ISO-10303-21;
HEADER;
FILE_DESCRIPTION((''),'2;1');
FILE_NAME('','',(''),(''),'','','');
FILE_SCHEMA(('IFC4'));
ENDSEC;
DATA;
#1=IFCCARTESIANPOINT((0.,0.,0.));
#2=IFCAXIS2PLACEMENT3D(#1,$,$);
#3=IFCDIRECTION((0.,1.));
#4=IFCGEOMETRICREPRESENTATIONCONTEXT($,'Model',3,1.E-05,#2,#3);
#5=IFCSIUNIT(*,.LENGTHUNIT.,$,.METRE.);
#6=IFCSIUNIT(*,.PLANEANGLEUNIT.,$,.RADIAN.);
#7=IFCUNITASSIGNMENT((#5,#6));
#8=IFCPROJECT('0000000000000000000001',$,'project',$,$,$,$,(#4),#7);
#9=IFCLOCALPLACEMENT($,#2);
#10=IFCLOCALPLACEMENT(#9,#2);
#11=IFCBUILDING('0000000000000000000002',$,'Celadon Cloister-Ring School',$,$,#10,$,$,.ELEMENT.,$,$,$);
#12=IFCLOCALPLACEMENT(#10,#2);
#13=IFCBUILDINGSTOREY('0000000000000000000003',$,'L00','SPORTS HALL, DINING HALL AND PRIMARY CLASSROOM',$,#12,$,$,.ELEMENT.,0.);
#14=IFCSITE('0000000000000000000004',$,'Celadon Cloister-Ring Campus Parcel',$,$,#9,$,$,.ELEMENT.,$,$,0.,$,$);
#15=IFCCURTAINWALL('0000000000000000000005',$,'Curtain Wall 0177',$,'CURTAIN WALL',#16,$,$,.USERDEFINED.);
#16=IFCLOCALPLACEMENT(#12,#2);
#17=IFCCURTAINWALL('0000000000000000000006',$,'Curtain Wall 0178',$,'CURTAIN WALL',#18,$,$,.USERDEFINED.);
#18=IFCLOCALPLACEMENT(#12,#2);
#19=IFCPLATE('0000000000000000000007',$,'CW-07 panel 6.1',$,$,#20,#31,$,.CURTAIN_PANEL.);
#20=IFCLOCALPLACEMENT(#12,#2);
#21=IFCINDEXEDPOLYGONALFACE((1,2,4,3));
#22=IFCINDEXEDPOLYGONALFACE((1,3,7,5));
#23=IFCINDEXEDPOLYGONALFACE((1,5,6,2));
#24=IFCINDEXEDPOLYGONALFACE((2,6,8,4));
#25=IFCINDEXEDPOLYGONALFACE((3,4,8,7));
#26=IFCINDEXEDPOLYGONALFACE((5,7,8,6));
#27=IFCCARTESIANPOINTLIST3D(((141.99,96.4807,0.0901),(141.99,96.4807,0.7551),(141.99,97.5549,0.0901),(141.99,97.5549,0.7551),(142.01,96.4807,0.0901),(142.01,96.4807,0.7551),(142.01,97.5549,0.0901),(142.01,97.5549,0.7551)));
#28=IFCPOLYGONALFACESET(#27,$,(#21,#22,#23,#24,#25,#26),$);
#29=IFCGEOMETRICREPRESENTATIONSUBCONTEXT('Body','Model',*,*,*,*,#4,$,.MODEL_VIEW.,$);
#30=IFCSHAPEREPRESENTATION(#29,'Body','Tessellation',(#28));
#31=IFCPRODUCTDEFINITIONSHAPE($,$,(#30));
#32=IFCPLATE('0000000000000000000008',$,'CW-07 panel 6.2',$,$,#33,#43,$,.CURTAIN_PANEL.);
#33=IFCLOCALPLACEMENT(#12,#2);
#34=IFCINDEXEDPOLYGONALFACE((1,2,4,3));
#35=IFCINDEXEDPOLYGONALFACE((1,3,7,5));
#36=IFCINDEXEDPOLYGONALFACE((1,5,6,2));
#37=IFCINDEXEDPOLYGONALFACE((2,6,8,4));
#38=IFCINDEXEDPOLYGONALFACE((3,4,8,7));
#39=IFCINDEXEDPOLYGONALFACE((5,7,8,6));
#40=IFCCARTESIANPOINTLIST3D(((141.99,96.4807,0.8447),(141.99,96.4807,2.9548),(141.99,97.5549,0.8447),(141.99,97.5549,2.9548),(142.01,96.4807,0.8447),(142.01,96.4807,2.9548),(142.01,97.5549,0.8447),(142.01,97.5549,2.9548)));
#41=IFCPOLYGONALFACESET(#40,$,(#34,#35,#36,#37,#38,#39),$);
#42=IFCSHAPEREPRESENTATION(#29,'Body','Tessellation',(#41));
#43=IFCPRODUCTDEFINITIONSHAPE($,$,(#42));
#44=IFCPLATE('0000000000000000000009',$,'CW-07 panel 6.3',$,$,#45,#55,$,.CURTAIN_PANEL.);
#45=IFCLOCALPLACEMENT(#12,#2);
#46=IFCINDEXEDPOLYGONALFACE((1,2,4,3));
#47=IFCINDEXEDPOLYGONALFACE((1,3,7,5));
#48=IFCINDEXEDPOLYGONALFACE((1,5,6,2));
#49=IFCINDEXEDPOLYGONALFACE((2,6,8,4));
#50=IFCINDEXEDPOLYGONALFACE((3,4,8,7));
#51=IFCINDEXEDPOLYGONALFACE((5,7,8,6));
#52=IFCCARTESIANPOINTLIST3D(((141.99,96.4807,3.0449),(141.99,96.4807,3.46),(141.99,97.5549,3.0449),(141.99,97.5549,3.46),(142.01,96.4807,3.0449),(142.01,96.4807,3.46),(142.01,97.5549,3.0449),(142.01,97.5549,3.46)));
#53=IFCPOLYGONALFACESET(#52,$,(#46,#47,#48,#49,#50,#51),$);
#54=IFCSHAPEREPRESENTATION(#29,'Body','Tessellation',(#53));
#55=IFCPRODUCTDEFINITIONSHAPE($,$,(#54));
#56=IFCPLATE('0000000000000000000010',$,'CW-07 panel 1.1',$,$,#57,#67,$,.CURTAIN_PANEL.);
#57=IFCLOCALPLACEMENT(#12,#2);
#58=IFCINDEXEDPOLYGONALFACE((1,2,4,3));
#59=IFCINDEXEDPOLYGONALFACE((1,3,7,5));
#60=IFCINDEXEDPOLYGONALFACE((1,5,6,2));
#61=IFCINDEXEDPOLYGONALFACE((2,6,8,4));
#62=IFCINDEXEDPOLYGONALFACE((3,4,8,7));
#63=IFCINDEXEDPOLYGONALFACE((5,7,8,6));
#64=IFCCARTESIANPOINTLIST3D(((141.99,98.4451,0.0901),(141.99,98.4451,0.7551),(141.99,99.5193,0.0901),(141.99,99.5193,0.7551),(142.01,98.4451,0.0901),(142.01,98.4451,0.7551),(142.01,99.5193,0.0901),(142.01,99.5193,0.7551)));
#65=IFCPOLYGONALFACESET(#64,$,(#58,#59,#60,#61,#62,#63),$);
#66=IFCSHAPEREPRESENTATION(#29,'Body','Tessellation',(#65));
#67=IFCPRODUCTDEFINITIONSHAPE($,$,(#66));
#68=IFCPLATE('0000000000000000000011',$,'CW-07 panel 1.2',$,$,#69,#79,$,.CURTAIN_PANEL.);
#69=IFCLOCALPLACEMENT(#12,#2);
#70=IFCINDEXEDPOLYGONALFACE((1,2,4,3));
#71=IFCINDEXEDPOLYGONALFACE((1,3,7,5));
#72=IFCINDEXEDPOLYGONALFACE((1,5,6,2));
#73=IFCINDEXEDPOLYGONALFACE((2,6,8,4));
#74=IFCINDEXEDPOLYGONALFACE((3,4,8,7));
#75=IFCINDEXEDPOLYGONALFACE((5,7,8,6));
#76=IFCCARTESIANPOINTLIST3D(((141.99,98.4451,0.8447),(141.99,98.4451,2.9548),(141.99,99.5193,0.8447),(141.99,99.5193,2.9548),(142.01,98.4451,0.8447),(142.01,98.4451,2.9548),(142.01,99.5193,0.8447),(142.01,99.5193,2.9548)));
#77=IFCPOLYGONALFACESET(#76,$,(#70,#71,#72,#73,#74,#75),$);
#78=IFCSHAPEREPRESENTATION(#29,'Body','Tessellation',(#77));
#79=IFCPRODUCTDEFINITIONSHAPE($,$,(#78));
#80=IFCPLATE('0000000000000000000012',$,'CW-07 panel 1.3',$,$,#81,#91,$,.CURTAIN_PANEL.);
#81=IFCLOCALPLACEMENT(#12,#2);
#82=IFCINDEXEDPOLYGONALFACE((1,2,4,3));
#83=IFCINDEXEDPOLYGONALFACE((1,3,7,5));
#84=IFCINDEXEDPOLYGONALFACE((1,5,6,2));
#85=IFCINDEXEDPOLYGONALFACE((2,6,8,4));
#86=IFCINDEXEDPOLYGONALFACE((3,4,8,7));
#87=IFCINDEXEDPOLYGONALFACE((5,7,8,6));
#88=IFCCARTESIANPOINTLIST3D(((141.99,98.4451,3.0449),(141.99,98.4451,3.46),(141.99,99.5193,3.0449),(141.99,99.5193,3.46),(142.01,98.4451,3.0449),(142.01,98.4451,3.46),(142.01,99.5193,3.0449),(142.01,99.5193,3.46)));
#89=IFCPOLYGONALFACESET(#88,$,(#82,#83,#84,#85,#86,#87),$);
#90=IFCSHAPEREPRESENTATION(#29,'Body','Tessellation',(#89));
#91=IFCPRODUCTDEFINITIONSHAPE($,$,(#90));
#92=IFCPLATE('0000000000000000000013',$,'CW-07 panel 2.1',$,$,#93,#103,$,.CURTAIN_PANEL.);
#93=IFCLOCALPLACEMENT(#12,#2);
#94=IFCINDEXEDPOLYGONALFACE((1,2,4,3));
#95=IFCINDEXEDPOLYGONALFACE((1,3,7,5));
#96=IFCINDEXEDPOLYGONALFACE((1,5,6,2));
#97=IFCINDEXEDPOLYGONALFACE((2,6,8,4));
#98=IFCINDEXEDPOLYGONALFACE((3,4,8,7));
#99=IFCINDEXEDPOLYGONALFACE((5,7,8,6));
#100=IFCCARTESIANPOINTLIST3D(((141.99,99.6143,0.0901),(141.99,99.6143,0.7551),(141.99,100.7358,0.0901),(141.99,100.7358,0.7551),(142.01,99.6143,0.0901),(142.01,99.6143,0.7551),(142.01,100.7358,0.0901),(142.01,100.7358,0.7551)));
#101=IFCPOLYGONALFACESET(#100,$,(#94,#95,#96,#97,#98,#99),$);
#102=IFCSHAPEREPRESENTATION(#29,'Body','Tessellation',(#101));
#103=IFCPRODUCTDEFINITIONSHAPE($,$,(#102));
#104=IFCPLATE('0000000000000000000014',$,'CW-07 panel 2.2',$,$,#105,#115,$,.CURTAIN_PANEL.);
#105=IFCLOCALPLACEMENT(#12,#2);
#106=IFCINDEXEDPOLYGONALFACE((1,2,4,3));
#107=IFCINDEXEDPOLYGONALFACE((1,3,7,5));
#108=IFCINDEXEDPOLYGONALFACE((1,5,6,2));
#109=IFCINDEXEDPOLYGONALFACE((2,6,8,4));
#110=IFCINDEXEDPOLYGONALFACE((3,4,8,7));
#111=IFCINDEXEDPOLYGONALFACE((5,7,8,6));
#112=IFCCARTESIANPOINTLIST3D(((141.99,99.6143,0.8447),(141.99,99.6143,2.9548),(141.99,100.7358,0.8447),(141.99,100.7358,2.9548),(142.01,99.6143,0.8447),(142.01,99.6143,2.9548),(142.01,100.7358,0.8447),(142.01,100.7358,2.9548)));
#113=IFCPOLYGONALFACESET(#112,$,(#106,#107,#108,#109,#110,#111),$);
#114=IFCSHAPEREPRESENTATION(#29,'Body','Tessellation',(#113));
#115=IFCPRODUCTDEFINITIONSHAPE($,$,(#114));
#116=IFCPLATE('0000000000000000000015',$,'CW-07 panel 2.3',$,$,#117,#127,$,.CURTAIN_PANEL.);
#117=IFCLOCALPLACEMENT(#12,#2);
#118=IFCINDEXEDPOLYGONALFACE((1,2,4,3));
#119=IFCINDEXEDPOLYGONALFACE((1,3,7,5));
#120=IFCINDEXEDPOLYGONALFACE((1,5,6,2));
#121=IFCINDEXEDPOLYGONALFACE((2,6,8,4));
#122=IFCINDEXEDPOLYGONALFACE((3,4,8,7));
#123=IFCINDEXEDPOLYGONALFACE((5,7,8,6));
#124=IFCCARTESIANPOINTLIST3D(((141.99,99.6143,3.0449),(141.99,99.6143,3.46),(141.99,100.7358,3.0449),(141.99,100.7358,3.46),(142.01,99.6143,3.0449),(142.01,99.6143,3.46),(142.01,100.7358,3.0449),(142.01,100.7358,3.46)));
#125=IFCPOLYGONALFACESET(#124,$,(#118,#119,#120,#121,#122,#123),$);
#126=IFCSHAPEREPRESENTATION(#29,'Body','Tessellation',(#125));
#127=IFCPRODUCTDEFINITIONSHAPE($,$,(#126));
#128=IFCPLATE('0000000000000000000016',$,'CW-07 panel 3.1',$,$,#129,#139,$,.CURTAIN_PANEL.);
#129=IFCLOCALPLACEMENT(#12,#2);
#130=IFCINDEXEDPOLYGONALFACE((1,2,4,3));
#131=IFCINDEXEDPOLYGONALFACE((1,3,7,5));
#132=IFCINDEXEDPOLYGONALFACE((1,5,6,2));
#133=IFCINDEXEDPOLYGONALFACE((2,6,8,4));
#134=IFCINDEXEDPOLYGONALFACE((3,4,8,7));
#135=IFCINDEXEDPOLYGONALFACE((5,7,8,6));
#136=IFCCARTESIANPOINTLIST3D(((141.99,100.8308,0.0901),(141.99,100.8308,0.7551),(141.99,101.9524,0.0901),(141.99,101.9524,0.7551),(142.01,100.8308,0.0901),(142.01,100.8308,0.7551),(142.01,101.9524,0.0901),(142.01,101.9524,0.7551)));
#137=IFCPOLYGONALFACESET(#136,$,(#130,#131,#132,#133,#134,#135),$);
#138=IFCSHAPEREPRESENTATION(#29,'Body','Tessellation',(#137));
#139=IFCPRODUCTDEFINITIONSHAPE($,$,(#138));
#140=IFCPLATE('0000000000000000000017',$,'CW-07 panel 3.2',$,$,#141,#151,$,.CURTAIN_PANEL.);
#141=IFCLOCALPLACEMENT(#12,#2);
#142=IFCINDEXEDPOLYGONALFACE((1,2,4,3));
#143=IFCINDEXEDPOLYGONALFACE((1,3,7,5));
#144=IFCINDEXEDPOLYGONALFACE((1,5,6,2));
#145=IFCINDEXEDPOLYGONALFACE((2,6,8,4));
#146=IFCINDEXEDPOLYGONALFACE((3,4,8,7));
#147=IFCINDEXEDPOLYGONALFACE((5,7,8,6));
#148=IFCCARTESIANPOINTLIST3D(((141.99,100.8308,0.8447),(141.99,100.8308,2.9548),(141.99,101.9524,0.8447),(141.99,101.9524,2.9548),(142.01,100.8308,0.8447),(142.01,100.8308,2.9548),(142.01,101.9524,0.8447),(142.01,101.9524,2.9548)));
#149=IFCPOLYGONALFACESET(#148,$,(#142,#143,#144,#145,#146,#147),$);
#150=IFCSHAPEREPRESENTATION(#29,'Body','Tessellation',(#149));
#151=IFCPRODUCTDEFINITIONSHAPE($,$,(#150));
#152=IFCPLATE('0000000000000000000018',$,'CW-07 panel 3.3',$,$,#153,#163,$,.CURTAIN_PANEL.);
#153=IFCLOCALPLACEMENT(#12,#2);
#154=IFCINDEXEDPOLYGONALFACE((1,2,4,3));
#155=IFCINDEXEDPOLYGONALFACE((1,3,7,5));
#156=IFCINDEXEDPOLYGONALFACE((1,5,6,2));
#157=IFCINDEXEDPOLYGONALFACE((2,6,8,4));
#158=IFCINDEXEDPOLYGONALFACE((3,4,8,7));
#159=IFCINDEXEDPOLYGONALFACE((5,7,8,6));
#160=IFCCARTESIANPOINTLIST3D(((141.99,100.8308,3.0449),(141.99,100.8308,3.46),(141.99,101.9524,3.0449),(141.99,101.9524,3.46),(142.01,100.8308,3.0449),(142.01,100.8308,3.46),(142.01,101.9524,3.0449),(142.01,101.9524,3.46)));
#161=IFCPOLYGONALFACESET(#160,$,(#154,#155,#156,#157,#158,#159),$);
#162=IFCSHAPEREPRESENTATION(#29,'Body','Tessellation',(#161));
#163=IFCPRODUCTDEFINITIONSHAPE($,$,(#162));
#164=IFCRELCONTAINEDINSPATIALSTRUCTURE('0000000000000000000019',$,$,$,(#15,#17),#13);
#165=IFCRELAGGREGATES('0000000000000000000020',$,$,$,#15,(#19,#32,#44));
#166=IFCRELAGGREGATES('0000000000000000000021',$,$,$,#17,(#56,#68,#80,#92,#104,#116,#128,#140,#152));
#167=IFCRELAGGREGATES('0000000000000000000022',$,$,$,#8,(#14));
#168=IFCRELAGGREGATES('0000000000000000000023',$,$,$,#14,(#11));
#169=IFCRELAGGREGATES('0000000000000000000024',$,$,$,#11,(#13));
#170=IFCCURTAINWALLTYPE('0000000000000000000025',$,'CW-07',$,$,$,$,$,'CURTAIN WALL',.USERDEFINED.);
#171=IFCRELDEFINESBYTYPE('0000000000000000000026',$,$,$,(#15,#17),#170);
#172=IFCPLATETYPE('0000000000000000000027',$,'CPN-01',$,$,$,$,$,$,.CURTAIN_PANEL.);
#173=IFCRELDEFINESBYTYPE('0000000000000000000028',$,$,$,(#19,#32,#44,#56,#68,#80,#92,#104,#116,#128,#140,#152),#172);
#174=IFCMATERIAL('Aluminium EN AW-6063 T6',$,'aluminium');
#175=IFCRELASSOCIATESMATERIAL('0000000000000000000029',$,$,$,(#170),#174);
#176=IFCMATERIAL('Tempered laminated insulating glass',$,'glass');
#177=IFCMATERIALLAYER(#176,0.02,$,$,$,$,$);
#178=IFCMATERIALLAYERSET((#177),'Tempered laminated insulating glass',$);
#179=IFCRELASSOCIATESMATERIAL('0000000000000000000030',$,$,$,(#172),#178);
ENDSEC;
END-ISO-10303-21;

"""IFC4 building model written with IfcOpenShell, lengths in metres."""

from ifc_helpers import new_model, si_unit, direction, frame, origin, origin_2d, place, context, subcontext, project, spatial, rectangle, extrude, material, layer, layer_set, type_object, element, aggregate, save


model = new_model("IFC4")

# Units and contexts
model_context = context("Model", 3, precision=1e-05, world=origin(), true_north=direction((0.0, 1.0)))
body_context = subcontext(model_context, "Body", "Model", "MODEL_VIEW")
ifc_project = project(units=[si_unit("LENGTHUNIT", "METRE"), si_unit("PLANEANGLEUNIT", "RADIAN")], contexts=[model_context])

# Site, building, storey
site_placement = place(None, origin())
site = spatial("IfcSite", under=ifc_project, at=site_placement, Name="Celadon Cloister-Ring Campus Parcel", CompositionType="ELEMENT", RefElevation=0.0)
building_placement = place(site_placement, origin())
building = spatial("IfcBuilding", under=site, at=building_placement, Name="Celadon Cloister-Ring School", CompositionType="ELEMENT")
storey_placement = place(building_placement, origin())
storey = spatial("IfcBuildingStorey", under=building, at=storey_placement, Name="L00", Description="SPORTS HALL, DINING HALL AND PRIMARY CLASSROOM", CompositionType="ELEMENT", Elevation=0.0)

# Curtain wall
ifc_material_1 = material(Name="Aluminium EN AW-6063 T6", Category="aluminium")
curtain_wall_type = type_object("IfcCurtainWallType", Name="CW-07", ElementType="CURTAIN WALL", PredefinedType="USERDEFINED", material=ifc_material_1)
curtain_wall_1_placement = place(storey_placement, origin())
curtain_wall_1 = element("IfcCurtainWall", 1, at=curtain_wall_1_placement, inside=storey, type_object=curtain_wall_type, Name="Curtain Wall 0177", ObjectType="CURTAIN WALL", PredefinedType="USERDEFINED")

# Curtain wall
curtain_wall_2_placement = place(storey_placement, origin())
curtain_wall_2 = element("IfcCurtainWall", 2, at=curtain_wall_2_placement, inside=storey, type_object=curtain_wall_type, Name="Curtain Wall 0178", ObjectType="CURTAIN WALL", PredefinedType="USERDEFINED")

# Plates
ifc_material_2 = material(Name="Tempered laminated insulating glass", Category="glass")
ifc_layer = layer(ifc_material_2, 0.02)
ifc_layer_set = layer_set([ifc_layer], Name="Tempered laminated insulating glass")
plate_type = type_object("IfcPlateType", Name="CPN-01", PredefinedType="CURTAIN_PANEL", material=ifc_layer_set)
plate_1_placement = place(storey_placement, frame((142.0, 97.0178, 0.0901), z_axis=(0.0, 0.0, 1.0), x_axis=(0.0, 1.0, 0.0)))
plate_1 = element("IfcPlate", 3, at=plate_1_placement, type_object=plate_type, Name="CW-07 panel 6.1", PredefinedType="CURTAIN_PANEL", context=body_context, shape_type="SweptSolid", body=[
    extrude(rectangle(XDim=1.0742, YDim=0.02, at=origin_2d()), origin(), (0.0, 0.0, 1.0), 0.665),
])
plate_2_placement = place(storey_placement, frame((142.0, 97.0178, 0.8447), z_axis=(0.0, 0.0, 1.0), x_axis=(0.0, 1.0, 0.0)))
plate_2 = element("IfcPlate", 4, at=plate_2_placement, type_object=plate_type, Name="CW-07 panel 6.2", PredefinedType="CURTAIN_PANEL", context=body_context, shape_type="SweptSolid", body=[
    extrude(rectangle(XDim=1.0742, YDim=0.02, at=origin_2d()), origin(), (0.0, 0.0, 1.0), 2.1101),
])
plate_3_placement = place(storey_placement, frame((142.0, 97.0178, 3.0449), z_axis=(0.0, 0.0, 1.0), x_axis=(0.0, 1.0, 0.0)))
plate_3 = element("IfcPlate", 5, at=plate_3_placement, type_object=plate_type, Name="CW-07 panel 6.3", PredefinedType="CURTAIN_PANEL", context=body_context, shape_type="SweptSolid", body=[
    extrude(rectangle(XDim=1.0742, YDim=0.02, at=origin_2d()), origin(), (0.0, 0.0, 1.0), 0.415),
])
aggregate(curtain_wall_1, [plate_1, plate_2, plate_3])
plate_4_placement = place(storey_placement, frame((142.0, 98.9822, 0.0901), z_axis=(0.0, 0.0, 1.0), x_axis=(0.0, 1.0, 0.0)))
plate_4 = element("IfcPlate", 6, at=plate_4_placement, type_object=plate_type, Name="CW-07 panel 1.1", PredefinedType="CURTAIN_PANEL", context=body_context, shape_type="SweptSolid", body=[
    extrude(rectangle(XDim=1.0742, YDim=0.02, at=origin_2d()), origin(), (0.0, 0.0, 1.0), 0.665),
])
plate_5_placement = place(storey_placement, frame((142.0, 98.9822, 0.8447), z_axis=(0.0, 0.0, 1.0), x_axis=(0.0, 1.0, 0.0)))
plate_5 = element("IfcPlate", 7, at=plate_5_placement, type_object=plate_type, Name="CW-07 panel 1.2", PredefinedType="CURTAIN_PANEL", context=body_context, shape_type="SweptSolid", body=[
    extrude(rectangle(XDim=1.0742, YDim=0.02, at=origin_2d()), origin(), (0.0, 0.0, 1.0), 2.1101),
])
plate_6_placement = place(storey_placement, frame((142.0, 98.9822, 3.0449), z_axis=(0.0, 0.0, 1.0), x_axis=(0.0, 1.0, 0.0)))
plate_6 = element("IfcPlate", 8, at=plate_6_placement, type_object=plate_type, Name="CW-07 panel 1.3", PredefinedType="CURTAIN_PANEL", context=body_context, shape_type="SweptSolid", body=[
    extrude(rectangle(XDim=1.0742, YDim=0.02, at=origin_2d()), origin(), (0.0, 0.0, 1.0), 0.415),
])
plate_7_placement = place(storey_placement, frame((142.0, 100.175, 0.0901), z_axis=(0.0, 0.0, 1.0), x_axis=(0.0, 1.0, 0.0)))
plate_7 = element("IfcPlate", 9, at=plate_7_placement, type_object=plate_type, Name="CW-07 panel 2.1", PredefinedType="CURTAIN_PANEL", context=body_context, shape_type="SweptSolid", body=[
    extrude(rectangle(XDim=1.1216, YDim=0.02, at=origin_2d()), origin(), (0.0, 0.0, 1.0), 0.665),
])
plate_8_placement = place(storey_placement, frame((142.0, 100.175, 0.8447), z_axis=(0.0, 0.0, 1.0), x_axis=(0.0, 1.0, 0.0)))
plate_8 = element("IfcPlate", 10, at=plate_8_placement, type_object=plate_type, Name="CW-07 panel 2.2", PredefinedType="CURTAIN_PANEL", context=body_context, shape_type="SweptSolid", body=[
    extrude(rectangle(XDim=1.1216, YDim=0.02, at=origin_2d()), origin(), (0.0, 0.0, 1.0), 2.1101),
])
plate_9_placement = place(storey_placement, frame((142.0, 100.175, 3.0449), z_axis=(0.0, 0.0, 1.0), x_axis=(0.0, 1.0, 0.0)))
plate_9 = element("IfcPlate", 11, at=plate_9_placement, type_object=plate_type, Name="CW-07 panel 2.3", PredefinedType="CURTAIN_PANEL", context=body_context, shape_type="SweptSolid", body=[
    extrude(rectangle(XDim=1.1216, YDim=0.02, at=origin_2d()), origin(), (0.0, 0.0, 1.0), 0.415),
])
plate_10_placement = place(storey_placement, frame((142.0, 101.3916, 0.0901), z_axis=(0.0, 0.0, 1.0), x_axis=(0.0, 1.0, 0.0)))
plate_10 = element("IfcPlate", 12, at=plate_10_placement, type_object=plate_type, Name="CW-07 panel 3.1", PredefinedType="CURTAIN_PANEL", context=body_context, shape_type="SweptSolid", body=[
    extrude(rectangle(XDim=1.1216, YDim=0.02, at=origin_2d()), origin(), (0.0, 0.0, 1.0), 0.665),
])
plate_11_placement = place(storey_placement, frame((142.0, 101.3916, 0.8447), z_axis=(0.0, 0.0, 1.0), x_axis=(0.0, 1.0, 0.0)))
plate_11 = element("IfcPlate", 13, at=plate_11_placement, type_object=plate_type, Name="CW-07 panel 3.2", PredefinedType="CURTAIN_PANEL", context=body_context, shape_type="SweptSolid", body=[
    extrude(rectangle(XDim=1.1216, YDim=0.02, at=origin_2d()), origin(), (0.0, 0.0, 1.0), 2.1101),
])
plate_12_placement = place(storey_placement, frame((142.0, 101.3916, 3.0449), z_axis=(0.0, 0.0, 1.0), x_axis=(0.0, 1.0, 0.0)))
plate_12 = element("IfcPlate", 14, at=plate_12_placement, type_object=plate_type, Name="CW-07 panel 3.3", PredefinedType="CURTAIN_PANEL", context=body_context, shape_type="SweptSolid", body=[
    extrude(rectangle(XDim=1.1216, YDim=0.02, at=origin_2d()), origin(), (0.0, 0.0, 1.0), 0.415),
])
aggregate(curtain_wall_2, [plate_4, plate_5, plate_6, plate_7, plate_8, plate_9, plate_10, plate_11, plate_12])

save(model, "model.ifc")
